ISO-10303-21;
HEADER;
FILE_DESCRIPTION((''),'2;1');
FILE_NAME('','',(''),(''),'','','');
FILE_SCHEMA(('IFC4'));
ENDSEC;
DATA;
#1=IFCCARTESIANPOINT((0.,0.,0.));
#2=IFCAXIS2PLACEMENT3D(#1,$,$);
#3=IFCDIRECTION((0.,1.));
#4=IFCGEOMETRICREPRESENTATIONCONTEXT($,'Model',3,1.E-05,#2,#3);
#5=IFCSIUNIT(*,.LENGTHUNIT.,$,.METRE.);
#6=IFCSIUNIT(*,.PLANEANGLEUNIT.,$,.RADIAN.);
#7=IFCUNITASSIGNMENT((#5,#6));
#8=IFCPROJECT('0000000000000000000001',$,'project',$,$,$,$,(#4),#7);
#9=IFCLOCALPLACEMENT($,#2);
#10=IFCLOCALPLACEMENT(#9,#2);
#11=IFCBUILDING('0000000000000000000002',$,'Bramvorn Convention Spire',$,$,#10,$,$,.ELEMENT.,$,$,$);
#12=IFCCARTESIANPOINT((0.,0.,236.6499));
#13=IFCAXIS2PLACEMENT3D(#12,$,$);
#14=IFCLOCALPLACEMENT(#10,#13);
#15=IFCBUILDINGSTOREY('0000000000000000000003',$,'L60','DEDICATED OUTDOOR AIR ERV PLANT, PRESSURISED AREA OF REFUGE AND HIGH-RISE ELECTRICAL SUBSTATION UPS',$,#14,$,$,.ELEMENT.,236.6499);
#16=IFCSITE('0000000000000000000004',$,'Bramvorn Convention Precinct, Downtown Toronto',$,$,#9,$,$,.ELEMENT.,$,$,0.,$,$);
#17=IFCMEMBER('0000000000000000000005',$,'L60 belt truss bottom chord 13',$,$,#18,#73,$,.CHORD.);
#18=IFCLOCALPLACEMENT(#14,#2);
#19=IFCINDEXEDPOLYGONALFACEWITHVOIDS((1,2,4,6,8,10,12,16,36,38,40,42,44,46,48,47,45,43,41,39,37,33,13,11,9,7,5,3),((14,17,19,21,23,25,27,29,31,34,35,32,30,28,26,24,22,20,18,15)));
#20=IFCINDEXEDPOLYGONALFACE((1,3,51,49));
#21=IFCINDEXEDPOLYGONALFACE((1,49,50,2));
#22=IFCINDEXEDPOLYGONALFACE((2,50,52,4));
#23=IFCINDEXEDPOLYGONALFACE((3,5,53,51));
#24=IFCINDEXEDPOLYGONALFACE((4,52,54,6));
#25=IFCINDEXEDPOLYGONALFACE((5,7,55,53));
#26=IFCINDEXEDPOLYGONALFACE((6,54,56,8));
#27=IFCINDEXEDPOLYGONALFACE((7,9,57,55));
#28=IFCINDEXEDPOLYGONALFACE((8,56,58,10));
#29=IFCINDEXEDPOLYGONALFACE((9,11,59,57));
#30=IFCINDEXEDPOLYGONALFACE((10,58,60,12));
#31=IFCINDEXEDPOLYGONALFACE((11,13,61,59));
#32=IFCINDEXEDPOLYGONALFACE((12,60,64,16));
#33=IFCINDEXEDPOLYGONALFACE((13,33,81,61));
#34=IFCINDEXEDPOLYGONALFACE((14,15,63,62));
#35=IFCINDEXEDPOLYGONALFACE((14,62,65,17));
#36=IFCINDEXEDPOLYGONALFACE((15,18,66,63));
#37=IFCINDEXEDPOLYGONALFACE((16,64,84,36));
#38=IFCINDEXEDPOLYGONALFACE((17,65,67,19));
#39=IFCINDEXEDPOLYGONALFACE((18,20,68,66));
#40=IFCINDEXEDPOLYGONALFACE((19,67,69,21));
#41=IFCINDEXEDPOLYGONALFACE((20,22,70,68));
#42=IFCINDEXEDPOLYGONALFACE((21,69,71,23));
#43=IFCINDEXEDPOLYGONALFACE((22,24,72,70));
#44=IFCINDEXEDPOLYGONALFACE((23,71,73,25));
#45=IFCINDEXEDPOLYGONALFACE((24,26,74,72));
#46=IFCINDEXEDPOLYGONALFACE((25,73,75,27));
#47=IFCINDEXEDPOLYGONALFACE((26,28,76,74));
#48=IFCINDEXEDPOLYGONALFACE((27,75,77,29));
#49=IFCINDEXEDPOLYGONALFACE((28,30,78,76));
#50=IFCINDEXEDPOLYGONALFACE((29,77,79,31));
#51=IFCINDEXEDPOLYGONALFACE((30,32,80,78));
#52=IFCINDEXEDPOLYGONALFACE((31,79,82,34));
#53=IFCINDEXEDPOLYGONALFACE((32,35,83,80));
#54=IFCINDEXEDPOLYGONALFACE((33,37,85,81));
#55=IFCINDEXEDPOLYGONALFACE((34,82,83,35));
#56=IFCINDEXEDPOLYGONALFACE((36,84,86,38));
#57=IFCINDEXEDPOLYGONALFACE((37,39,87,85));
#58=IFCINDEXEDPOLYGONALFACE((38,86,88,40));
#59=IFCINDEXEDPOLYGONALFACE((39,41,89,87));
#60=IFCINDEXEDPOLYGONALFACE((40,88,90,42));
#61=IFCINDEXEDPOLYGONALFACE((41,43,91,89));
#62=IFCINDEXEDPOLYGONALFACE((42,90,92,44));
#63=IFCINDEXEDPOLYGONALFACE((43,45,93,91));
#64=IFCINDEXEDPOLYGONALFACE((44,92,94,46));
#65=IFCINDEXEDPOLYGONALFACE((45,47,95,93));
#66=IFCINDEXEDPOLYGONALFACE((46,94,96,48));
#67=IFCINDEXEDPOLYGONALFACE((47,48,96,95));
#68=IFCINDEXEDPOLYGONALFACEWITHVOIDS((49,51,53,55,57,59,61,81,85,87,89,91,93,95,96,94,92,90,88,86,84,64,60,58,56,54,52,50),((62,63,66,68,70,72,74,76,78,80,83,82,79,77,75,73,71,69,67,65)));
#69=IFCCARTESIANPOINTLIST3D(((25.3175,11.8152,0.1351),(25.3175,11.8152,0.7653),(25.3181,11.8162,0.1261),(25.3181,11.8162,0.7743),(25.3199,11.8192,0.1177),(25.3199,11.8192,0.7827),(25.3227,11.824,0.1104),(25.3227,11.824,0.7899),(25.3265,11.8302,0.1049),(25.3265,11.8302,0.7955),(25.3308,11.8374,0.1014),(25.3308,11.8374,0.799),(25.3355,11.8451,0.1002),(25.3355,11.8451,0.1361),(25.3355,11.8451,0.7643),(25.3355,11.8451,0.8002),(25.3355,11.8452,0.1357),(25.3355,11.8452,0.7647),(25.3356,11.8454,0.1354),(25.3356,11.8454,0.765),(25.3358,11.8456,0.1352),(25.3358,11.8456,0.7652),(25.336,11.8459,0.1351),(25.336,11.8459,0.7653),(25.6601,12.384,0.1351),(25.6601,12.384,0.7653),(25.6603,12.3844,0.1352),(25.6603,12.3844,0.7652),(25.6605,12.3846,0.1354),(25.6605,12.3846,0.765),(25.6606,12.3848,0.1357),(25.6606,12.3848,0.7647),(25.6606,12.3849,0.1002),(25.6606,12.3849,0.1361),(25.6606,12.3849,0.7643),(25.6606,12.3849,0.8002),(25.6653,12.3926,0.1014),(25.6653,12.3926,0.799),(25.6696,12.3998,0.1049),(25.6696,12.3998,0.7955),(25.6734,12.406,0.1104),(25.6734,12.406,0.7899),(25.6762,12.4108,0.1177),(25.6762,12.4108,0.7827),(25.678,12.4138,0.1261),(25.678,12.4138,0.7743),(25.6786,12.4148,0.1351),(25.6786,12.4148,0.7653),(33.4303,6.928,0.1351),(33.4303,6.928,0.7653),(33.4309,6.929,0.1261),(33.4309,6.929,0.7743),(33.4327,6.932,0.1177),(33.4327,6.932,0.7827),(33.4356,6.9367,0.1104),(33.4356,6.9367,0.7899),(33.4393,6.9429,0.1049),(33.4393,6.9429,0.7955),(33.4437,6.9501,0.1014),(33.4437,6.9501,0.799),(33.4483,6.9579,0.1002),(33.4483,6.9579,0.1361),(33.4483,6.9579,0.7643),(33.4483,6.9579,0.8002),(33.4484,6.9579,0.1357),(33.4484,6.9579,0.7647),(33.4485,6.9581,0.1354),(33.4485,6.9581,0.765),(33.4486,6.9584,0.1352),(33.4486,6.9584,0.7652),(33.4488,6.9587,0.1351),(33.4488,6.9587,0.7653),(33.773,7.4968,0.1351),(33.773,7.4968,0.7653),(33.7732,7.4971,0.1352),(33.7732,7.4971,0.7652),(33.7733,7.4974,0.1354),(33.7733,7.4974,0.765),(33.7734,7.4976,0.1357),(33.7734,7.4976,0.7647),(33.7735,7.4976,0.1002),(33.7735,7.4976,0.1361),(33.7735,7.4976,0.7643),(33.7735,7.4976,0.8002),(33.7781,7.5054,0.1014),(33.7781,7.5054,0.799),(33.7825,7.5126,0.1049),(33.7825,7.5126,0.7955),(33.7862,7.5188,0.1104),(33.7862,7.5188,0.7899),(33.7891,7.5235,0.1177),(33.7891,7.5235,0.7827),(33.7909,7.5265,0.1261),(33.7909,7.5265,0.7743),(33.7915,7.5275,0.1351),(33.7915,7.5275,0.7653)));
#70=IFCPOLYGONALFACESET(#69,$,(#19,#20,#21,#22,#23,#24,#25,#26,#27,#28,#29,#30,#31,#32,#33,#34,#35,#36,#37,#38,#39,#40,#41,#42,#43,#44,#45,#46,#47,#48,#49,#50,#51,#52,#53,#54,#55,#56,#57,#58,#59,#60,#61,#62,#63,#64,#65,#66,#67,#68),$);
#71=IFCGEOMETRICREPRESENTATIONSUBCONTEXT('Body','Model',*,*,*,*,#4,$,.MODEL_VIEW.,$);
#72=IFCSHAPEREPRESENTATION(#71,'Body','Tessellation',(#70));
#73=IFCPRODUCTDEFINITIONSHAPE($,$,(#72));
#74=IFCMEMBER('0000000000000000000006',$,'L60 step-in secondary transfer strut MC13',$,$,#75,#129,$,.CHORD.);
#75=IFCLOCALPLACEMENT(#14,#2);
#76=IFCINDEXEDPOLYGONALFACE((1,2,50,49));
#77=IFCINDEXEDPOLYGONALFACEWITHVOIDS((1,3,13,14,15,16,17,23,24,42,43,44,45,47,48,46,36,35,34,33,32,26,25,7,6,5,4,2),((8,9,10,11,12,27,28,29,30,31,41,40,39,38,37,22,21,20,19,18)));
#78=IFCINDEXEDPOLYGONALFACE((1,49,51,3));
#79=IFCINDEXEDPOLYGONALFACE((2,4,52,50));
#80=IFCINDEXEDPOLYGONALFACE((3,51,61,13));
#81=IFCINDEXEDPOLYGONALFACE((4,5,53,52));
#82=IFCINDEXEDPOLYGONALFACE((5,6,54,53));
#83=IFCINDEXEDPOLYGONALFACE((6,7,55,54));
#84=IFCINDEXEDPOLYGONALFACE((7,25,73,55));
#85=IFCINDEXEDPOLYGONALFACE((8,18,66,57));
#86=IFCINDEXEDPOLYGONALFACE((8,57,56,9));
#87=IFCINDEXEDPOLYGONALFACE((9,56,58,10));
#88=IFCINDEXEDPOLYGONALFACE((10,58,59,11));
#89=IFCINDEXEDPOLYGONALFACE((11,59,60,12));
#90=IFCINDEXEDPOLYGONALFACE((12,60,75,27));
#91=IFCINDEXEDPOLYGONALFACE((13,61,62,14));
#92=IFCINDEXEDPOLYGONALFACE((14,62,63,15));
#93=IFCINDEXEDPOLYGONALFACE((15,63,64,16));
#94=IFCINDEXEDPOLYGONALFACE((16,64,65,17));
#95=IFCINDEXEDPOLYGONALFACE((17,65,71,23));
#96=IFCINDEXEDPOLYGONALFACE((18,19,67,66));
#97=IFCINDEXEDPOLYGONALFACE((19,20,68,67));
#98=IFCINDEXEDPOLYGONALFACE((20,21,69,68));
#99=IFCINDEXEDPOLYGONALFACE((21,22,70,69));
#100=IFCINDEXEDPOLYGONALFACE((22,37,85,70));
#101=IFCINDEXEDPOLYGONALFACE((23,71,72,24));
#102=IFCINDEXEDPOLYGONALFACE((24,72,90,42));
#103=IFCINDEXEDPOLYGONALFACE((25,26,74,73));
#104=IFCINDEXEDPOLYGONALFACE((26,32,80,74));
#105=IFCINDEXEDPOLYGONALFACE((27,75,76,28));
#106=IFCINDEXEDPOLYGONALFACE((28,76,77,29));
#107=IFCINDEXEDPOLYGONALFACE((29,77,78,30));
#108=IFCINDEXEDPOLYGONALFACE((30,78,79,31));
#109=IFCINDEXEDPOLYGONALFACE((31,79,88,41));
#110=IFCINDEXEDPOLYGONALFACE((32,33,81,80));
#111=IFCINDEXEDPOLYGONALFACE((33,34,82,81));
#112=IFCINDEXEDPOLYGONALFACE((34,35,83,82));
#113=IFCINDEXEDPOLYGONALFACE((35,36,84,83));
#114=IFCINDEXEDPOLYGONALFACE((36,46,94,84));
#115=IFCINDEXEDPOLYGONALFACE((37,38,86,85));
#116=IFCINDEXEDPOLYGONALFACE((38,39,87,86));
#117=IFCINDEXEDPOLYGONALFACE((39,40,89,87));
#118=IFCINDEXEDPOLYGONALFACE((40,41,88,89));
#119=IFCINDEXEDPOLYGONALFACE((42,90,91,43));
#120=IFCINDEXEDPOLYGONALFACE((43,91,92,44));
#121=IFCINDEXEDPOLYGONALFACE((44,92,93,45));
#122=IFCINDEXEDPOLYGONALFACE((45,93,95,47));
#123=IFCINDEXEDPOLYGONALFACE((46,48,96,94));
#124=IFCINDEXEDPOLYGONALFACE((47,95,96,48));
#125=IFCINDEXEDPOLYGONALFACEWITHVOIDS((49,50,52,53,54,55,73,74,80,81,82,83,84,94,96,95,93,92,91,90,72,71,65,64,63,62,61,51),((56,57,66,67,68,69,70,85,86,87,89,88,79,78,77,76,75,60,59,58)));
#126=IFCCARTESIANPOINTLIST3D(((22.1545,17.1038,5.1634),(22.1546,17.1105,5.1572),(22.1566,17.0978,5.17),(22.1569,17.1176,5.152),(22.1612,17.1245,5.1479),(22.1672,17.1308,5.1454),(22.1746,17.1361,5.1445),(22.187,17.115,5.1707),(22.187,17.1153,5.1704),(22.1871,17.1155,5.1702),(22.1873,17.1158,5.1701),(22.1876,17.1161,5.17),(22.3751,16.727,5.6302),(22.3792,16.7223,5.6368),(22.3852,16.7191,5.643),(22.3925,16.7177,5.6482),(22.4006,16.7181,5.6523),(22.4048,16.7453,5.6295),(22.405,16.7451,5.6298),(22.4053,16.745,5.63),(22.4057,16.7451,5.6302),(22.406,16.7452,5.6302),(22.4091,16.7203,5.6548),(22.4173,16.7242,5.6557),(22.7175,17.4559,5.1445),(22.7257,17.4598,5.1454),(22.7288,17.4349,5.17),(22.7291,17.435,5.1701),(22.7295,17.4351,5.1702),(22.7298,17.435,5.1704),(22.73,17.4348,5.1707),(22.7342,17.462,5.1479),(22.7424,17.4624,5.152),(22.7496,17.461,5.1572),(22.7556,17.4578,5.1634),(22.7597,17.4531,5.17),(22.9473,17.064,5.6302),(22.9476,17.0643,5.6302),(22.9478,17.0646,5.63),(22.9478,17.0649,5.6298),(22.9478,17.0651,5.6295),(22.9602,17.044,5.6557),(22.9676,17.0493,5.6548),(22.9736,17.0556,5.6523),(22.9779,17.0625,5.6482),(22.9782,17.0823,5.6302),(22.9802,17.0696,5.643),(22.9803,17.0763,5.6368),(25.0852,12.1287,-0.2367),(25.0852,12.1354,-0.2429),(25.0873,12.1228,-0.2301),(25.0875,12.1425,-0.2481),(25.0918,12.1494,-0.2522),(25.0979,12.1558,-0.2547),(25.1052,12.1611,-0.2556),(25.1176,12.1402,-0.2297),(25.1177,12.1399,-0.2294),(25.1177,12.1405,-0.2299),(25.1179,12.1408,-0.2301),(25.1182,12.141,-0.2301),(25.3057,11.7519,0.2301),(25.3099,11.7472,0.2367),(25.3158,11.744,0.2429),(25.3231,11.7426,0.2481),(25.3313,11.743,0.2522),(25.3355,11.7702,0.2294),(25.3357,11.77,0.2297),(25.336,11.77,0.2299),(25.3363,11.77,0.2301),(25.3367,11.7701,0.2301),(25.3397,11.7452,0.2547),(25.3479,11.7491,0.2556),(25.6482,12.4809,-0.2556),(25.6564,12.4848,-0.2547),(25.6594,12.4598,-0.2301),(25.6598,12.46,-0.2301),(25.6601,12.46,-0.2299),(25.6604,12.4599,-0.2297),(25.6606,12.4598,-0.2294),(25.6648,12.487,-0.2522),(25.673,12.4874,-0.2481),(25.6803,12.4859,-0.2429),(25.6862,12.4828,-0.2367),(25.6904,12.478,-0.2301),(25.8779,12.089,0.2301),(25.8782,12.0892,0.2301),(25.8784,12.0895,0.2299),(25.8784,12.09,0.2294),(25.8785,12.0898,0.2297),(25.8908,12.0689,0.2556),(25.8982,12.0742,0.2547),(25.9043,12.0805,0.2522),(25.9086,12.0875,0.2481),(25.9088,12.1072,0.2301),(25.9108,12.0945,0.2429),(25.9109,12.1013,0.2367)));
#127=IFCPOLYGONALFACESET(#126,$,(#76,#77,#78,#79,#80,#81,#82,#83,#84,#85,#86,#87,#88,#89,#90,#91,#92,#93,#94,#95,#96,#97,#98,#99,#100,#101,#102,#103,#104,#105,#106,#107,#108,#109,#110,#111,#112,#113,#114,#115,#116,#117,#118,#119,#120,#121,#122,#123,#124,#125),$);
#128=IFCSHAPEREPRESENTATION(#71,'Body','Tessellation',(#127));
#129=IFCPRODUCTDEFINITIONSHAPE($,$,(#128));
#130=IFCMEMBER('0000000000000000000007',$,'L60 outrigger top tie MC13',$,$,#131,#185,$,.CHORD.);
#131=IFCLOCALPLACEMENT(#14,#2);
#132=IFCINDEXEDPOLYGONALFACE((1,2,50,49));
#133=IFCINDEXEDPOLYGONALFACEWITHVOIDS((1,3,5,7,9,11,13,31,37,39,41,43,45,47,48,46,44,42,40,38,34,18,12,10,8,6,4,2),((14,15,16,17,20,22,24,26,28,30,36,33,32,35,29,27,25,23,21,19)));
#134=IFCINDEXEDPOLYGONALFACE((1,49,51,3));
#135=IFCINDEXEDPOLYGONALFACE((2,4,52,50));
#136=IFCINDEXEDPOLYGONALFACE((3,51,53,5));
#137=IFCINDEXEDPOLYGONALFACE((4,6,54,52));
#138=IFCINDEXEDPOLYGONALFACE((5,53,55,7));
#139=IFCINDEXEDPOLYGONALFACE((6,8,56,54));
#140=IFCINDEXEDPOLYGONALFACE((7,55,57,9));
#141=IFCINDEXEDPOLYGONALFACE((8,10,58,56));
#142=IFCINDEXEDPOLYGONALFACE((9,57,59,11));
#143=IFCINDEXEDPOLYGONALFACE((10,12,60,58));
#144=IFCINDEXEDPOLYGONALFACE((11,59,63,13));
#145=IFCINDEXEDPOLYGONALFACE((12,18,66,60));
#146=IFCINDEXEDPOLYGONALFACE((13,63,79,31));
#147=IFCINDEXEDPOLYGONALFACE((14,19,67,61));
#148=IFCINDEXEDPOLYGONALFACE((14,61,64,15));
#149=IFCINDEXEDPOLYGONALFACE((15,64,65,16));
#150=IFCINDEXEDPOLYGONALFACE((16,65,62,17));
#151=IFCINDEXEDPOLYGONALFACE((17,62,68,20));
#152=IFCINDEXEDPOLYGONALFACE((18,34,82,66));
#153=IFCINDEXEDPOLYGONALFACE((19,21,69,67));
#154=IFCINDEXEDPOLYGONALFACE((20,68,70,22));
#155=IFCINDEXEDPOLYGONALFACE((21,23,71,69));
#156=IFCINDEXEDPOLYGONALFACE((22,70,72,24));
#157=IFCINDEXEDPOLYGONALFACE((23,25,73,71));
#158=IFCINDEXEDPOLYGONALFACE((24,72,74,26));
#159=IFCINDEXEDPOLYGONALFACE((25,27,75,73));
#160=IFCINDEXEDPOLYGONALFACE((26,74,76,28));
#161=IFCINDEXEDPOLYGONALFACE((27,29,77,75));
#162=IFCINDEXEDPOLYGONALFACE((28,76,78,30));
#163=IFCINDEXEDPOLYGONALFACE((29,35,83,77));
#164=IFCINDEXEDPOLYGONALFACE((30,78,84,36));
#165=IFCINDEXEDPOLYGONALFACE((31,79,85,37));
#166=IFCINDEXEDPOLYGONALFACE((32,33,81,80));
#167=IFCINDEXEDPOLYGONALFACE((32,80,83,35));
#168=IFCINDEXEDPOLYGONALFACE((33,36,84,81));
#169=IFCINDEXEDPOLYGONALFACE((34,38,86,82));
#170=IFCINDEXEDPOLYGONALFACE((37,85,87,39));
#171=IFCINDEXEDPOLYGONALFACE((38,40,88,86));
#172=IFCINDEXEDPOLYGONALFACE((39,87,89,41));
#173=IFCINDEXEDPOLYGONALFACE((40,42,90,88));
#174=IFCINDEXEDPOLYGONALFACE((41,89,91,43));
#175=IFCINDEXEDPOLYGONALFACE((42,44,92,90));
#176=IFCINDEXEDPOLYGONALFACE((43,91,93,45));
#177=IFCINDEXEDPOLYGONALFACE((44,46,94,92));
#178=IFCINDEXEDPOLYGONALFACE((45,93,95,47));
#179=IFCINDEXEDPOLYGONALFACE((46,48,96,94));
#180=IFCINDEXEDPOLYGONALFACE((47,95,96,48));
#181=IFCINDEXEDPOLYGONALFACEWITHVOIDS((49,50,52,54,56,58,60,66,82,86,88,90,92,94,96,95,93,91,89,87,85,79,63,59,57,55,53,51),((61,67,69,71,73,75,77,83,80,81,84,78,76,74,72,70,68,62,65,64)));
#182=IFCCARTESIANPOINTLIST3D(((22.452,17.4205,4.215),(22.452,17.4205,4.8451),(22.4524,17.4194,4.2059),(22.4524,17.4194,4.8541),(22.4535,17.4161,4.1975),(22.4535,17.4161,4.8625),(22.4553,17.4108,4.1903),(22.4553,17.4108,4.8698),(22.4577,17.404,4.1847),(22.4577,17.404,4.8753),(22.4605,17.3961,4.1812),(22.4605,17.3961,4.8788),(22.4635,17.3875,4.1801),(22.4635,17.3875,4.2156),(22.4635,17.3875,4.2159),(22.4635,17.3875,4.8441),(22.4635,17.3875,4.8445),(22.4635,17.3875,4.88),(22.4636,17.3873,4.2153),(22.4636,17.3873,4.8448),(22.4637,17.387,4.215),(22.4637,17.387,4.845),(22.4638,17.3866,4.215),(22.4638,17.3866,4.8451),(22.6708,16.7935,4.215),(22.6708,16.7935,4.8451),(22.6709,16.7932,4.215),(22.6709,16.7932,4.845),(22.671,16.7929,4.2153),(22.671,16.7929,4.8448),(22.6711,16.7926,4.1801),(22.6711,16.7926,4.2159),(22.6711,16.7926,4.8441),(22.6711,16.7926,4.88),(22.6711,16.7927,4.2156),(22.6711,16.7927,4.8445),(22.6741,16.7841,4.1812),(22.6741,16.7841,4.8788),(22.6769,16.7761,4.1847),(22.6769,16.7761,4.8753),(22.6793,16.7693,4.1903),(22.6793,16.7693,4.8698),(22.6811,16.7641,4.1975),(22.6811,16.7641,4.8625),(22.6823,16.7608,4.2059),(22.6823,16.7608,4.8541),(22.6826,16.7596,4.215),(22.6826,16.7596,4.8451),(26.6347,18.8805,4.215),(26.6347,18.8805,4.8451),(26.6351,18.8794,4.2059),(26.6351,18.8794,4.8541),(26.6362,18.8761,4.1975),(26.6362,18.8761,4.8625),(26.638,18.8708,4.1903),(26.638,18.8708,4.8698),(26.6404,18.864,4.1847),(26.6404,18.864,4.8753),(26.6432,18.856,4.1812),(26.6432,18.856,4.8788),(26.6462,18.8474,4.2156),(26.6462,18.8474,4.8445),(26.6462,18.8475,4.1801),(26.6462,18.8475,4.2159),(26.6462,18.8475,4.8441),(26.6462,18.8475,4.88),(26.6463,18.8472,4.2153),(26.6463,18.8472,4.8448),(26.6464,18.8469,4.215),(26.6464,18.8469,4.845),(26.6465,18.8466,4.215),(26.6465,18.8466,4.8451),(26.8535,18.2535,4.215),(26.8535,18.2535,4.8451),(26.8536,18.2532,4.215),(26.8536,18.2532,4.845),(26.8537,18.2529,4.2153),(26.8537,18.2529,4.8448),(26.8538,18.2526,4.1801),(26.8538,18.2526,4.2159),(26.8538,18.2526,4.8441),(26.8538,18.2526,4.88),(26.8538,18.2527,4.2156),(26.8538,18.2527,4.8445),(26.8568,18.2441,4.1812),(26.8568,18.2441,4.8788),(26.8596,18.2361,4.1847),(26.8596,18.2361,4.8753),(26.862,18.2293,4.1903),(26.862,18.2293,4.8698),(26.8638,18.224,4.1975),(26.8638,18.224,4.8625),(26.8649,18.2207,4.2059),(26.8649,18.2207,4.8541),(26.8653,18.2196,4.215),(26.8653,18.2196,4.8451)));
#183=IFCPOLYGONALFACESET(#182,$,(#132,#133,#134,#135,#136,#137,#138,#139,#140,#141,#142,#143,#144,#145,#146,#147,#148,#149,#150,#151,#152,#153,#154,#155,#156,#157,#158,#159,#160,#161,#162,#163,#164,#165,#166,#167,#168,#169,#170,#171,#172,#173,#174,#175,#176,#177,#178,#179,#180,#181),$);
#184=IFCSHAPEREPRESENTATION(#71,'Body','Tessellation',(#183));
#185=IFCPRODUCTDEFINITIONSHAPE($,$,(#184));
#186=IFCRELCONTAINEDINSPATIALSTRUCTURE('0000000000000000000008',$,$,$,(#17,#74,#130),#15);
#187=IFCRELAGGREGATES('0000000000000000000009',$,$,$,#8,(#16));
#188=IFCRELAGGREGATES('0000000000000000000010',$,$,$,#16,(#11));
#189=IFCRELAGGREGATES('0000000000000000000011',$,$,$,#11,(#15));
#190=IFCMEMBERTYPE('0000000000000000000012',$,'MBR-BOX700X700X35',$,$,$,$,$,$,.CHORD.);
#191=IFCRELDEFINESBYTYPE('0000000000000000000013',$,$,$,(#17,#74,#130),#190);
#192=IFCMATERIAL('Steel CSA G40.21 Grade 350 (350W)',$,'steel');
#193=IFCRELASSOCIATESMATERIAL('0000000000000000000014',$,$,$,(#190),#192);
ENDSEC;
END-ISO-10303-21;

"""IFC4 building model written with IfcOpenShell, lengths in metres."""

from ifc_helpers import new_model, si_unit, direction, frame, origin, origin_2d, place, context, subcontext, project, spatial, hollow_rectangle, extrude, material, material_profile, profile_set, type_object, element, save


model = new_model("IFC4")

# Units and contexts
model_context = context("Model", 3, precision=1e-05, world=origin(), true_north=direction((0.0, 1.0)))
body_context = subcontext(model_context, "Body", "Model", "MODEL_VIEW")
ifc_project = project(units=[si_unit("LENGTHUNIT", "METRE"), si_unit("PLANEANGLEUNIT", "RADIAN")], contexts=[model_context])

# Site, building, storey
site_placement = place(None, origin())
site = spatial("IfcSite", under=ifc_project, at=site_placement, Name="Bramvorn Convention Precinct, Downtown Toronto", CompositionType="ELEMENT", RefElevation=0.0)
building_placement = place(site_placement, origin())
building = spatial("IfcBuilding", under=site, at=building_placement, Name="Bramvorn Convention Spire", CompositionType="ELEMENT")
storey_placement = place(building_placement, frame((0.0, 0.0, 236.6499)))
storey = spatial("IfcBuildingStorey", under=building, at=storey_placement, Name="L60", Description="DEDICATED OUTDOOR AIR ERV PLANT, PRESSURISED AREA OF REFUGE AND HIGH-RISE ELECTRICAL SUBSTATION UPS", CompositionType="ELEMENT", Elevation=236.6499)

# Shared definitions
ifc_material_1 = material(Name="Steel CSA G40.21 Grade 350 (350W)", Category="steel")

# Members
ifc_material_profile_1 = material_profile(ifc_material_1, hollow_rectangle(XDim=0.7, YDim=0.7, WallThickness=0.0349, InnerFilletRadius=0.001, OuterFilletRadius=0.0349, at=origin_2d()))
ifc_profile_set_1 = profile_set([ifc_material_profile_1], Name="Steel CSA G40.21 Grade 350 (350W) - BOX700X700X35")
member_type_1 = type_object("IfcMemberType", Name="MBR-BOX700X700X35", PredefinedType="CHORD", material=ifc_profile_set_1)
member_1_placement = place(storey_placement, frame((25.498, 12.115, 0.4502), z_axis=(0.856582, -0.516011, 0.0), x_axis=(0.516011, 0.856582, 0.0)))
element("IfcMember", 1, at=member_1_placement, inside=storey, type_object=member_type_1, Name="L60 belt truss bottom chord 13", PredefinedType="CHORD", context=body_context, shape_type="SweptSolid", body=[
    extrude(hollow_rectangle(XDim=0.7, YDim=0.7, WallThickness=0.0349, InnerFilletRadius=0.001, OuterFilletRadius=0.0349, at=origin_2d()), origin(), (0.0, 0.0, 1.0), 9.4712),
])
member_2_placement = place(storey_placement, frame((25.498, 12.115, 0.0), z_axis=(-0.370697, 0.629296, 0.68306), x_axis=(-0.861621, -0.507552, 0.0)))
element("IfcMember", 2, at=member_2_placement, inside=storey, type_object=member_type_1, Name="L60 step-in secondary transfer strut MC13", PredefinedType="CHORD", context=body_context, shape_type="SweptSolid", body=[
    extrude(hollow_rectangle(XDim=0.7, YDim=0.7, WallThickness=0.0349, InnerFilletRadius=0.001, OuterFilletRadius=0.0349, at=origin_2d()), origin(), (0.0, 0.0, 1.0), 7.9058),
])
member_3_placement = place(storey_placement, frame((26.75, 18.55, 4.53), z_axis=(-0.944136, -0.329555, 0.0), x_axis=(0.329555, -0.944136, 0.0)))
element("IfcMember", 3, at=member_3_placement, inside=storey, type_object=member_type_1, Name="L60 outrigger top tie MC13", PredefinedType="CHORD", context=body_context, shape_type="SweptSolid", body=[
    extrude(hollow_rectangle(XDim=0.7, YDim=0.7, WallThickness=0.0349, InnerFilletRadius=0.001, OuterFilletRadius=0.0349, at=origin_2d()), origin(), (0.0, 0.0, 1.0), 4.4302),
])

save(model, "model.ifc")
